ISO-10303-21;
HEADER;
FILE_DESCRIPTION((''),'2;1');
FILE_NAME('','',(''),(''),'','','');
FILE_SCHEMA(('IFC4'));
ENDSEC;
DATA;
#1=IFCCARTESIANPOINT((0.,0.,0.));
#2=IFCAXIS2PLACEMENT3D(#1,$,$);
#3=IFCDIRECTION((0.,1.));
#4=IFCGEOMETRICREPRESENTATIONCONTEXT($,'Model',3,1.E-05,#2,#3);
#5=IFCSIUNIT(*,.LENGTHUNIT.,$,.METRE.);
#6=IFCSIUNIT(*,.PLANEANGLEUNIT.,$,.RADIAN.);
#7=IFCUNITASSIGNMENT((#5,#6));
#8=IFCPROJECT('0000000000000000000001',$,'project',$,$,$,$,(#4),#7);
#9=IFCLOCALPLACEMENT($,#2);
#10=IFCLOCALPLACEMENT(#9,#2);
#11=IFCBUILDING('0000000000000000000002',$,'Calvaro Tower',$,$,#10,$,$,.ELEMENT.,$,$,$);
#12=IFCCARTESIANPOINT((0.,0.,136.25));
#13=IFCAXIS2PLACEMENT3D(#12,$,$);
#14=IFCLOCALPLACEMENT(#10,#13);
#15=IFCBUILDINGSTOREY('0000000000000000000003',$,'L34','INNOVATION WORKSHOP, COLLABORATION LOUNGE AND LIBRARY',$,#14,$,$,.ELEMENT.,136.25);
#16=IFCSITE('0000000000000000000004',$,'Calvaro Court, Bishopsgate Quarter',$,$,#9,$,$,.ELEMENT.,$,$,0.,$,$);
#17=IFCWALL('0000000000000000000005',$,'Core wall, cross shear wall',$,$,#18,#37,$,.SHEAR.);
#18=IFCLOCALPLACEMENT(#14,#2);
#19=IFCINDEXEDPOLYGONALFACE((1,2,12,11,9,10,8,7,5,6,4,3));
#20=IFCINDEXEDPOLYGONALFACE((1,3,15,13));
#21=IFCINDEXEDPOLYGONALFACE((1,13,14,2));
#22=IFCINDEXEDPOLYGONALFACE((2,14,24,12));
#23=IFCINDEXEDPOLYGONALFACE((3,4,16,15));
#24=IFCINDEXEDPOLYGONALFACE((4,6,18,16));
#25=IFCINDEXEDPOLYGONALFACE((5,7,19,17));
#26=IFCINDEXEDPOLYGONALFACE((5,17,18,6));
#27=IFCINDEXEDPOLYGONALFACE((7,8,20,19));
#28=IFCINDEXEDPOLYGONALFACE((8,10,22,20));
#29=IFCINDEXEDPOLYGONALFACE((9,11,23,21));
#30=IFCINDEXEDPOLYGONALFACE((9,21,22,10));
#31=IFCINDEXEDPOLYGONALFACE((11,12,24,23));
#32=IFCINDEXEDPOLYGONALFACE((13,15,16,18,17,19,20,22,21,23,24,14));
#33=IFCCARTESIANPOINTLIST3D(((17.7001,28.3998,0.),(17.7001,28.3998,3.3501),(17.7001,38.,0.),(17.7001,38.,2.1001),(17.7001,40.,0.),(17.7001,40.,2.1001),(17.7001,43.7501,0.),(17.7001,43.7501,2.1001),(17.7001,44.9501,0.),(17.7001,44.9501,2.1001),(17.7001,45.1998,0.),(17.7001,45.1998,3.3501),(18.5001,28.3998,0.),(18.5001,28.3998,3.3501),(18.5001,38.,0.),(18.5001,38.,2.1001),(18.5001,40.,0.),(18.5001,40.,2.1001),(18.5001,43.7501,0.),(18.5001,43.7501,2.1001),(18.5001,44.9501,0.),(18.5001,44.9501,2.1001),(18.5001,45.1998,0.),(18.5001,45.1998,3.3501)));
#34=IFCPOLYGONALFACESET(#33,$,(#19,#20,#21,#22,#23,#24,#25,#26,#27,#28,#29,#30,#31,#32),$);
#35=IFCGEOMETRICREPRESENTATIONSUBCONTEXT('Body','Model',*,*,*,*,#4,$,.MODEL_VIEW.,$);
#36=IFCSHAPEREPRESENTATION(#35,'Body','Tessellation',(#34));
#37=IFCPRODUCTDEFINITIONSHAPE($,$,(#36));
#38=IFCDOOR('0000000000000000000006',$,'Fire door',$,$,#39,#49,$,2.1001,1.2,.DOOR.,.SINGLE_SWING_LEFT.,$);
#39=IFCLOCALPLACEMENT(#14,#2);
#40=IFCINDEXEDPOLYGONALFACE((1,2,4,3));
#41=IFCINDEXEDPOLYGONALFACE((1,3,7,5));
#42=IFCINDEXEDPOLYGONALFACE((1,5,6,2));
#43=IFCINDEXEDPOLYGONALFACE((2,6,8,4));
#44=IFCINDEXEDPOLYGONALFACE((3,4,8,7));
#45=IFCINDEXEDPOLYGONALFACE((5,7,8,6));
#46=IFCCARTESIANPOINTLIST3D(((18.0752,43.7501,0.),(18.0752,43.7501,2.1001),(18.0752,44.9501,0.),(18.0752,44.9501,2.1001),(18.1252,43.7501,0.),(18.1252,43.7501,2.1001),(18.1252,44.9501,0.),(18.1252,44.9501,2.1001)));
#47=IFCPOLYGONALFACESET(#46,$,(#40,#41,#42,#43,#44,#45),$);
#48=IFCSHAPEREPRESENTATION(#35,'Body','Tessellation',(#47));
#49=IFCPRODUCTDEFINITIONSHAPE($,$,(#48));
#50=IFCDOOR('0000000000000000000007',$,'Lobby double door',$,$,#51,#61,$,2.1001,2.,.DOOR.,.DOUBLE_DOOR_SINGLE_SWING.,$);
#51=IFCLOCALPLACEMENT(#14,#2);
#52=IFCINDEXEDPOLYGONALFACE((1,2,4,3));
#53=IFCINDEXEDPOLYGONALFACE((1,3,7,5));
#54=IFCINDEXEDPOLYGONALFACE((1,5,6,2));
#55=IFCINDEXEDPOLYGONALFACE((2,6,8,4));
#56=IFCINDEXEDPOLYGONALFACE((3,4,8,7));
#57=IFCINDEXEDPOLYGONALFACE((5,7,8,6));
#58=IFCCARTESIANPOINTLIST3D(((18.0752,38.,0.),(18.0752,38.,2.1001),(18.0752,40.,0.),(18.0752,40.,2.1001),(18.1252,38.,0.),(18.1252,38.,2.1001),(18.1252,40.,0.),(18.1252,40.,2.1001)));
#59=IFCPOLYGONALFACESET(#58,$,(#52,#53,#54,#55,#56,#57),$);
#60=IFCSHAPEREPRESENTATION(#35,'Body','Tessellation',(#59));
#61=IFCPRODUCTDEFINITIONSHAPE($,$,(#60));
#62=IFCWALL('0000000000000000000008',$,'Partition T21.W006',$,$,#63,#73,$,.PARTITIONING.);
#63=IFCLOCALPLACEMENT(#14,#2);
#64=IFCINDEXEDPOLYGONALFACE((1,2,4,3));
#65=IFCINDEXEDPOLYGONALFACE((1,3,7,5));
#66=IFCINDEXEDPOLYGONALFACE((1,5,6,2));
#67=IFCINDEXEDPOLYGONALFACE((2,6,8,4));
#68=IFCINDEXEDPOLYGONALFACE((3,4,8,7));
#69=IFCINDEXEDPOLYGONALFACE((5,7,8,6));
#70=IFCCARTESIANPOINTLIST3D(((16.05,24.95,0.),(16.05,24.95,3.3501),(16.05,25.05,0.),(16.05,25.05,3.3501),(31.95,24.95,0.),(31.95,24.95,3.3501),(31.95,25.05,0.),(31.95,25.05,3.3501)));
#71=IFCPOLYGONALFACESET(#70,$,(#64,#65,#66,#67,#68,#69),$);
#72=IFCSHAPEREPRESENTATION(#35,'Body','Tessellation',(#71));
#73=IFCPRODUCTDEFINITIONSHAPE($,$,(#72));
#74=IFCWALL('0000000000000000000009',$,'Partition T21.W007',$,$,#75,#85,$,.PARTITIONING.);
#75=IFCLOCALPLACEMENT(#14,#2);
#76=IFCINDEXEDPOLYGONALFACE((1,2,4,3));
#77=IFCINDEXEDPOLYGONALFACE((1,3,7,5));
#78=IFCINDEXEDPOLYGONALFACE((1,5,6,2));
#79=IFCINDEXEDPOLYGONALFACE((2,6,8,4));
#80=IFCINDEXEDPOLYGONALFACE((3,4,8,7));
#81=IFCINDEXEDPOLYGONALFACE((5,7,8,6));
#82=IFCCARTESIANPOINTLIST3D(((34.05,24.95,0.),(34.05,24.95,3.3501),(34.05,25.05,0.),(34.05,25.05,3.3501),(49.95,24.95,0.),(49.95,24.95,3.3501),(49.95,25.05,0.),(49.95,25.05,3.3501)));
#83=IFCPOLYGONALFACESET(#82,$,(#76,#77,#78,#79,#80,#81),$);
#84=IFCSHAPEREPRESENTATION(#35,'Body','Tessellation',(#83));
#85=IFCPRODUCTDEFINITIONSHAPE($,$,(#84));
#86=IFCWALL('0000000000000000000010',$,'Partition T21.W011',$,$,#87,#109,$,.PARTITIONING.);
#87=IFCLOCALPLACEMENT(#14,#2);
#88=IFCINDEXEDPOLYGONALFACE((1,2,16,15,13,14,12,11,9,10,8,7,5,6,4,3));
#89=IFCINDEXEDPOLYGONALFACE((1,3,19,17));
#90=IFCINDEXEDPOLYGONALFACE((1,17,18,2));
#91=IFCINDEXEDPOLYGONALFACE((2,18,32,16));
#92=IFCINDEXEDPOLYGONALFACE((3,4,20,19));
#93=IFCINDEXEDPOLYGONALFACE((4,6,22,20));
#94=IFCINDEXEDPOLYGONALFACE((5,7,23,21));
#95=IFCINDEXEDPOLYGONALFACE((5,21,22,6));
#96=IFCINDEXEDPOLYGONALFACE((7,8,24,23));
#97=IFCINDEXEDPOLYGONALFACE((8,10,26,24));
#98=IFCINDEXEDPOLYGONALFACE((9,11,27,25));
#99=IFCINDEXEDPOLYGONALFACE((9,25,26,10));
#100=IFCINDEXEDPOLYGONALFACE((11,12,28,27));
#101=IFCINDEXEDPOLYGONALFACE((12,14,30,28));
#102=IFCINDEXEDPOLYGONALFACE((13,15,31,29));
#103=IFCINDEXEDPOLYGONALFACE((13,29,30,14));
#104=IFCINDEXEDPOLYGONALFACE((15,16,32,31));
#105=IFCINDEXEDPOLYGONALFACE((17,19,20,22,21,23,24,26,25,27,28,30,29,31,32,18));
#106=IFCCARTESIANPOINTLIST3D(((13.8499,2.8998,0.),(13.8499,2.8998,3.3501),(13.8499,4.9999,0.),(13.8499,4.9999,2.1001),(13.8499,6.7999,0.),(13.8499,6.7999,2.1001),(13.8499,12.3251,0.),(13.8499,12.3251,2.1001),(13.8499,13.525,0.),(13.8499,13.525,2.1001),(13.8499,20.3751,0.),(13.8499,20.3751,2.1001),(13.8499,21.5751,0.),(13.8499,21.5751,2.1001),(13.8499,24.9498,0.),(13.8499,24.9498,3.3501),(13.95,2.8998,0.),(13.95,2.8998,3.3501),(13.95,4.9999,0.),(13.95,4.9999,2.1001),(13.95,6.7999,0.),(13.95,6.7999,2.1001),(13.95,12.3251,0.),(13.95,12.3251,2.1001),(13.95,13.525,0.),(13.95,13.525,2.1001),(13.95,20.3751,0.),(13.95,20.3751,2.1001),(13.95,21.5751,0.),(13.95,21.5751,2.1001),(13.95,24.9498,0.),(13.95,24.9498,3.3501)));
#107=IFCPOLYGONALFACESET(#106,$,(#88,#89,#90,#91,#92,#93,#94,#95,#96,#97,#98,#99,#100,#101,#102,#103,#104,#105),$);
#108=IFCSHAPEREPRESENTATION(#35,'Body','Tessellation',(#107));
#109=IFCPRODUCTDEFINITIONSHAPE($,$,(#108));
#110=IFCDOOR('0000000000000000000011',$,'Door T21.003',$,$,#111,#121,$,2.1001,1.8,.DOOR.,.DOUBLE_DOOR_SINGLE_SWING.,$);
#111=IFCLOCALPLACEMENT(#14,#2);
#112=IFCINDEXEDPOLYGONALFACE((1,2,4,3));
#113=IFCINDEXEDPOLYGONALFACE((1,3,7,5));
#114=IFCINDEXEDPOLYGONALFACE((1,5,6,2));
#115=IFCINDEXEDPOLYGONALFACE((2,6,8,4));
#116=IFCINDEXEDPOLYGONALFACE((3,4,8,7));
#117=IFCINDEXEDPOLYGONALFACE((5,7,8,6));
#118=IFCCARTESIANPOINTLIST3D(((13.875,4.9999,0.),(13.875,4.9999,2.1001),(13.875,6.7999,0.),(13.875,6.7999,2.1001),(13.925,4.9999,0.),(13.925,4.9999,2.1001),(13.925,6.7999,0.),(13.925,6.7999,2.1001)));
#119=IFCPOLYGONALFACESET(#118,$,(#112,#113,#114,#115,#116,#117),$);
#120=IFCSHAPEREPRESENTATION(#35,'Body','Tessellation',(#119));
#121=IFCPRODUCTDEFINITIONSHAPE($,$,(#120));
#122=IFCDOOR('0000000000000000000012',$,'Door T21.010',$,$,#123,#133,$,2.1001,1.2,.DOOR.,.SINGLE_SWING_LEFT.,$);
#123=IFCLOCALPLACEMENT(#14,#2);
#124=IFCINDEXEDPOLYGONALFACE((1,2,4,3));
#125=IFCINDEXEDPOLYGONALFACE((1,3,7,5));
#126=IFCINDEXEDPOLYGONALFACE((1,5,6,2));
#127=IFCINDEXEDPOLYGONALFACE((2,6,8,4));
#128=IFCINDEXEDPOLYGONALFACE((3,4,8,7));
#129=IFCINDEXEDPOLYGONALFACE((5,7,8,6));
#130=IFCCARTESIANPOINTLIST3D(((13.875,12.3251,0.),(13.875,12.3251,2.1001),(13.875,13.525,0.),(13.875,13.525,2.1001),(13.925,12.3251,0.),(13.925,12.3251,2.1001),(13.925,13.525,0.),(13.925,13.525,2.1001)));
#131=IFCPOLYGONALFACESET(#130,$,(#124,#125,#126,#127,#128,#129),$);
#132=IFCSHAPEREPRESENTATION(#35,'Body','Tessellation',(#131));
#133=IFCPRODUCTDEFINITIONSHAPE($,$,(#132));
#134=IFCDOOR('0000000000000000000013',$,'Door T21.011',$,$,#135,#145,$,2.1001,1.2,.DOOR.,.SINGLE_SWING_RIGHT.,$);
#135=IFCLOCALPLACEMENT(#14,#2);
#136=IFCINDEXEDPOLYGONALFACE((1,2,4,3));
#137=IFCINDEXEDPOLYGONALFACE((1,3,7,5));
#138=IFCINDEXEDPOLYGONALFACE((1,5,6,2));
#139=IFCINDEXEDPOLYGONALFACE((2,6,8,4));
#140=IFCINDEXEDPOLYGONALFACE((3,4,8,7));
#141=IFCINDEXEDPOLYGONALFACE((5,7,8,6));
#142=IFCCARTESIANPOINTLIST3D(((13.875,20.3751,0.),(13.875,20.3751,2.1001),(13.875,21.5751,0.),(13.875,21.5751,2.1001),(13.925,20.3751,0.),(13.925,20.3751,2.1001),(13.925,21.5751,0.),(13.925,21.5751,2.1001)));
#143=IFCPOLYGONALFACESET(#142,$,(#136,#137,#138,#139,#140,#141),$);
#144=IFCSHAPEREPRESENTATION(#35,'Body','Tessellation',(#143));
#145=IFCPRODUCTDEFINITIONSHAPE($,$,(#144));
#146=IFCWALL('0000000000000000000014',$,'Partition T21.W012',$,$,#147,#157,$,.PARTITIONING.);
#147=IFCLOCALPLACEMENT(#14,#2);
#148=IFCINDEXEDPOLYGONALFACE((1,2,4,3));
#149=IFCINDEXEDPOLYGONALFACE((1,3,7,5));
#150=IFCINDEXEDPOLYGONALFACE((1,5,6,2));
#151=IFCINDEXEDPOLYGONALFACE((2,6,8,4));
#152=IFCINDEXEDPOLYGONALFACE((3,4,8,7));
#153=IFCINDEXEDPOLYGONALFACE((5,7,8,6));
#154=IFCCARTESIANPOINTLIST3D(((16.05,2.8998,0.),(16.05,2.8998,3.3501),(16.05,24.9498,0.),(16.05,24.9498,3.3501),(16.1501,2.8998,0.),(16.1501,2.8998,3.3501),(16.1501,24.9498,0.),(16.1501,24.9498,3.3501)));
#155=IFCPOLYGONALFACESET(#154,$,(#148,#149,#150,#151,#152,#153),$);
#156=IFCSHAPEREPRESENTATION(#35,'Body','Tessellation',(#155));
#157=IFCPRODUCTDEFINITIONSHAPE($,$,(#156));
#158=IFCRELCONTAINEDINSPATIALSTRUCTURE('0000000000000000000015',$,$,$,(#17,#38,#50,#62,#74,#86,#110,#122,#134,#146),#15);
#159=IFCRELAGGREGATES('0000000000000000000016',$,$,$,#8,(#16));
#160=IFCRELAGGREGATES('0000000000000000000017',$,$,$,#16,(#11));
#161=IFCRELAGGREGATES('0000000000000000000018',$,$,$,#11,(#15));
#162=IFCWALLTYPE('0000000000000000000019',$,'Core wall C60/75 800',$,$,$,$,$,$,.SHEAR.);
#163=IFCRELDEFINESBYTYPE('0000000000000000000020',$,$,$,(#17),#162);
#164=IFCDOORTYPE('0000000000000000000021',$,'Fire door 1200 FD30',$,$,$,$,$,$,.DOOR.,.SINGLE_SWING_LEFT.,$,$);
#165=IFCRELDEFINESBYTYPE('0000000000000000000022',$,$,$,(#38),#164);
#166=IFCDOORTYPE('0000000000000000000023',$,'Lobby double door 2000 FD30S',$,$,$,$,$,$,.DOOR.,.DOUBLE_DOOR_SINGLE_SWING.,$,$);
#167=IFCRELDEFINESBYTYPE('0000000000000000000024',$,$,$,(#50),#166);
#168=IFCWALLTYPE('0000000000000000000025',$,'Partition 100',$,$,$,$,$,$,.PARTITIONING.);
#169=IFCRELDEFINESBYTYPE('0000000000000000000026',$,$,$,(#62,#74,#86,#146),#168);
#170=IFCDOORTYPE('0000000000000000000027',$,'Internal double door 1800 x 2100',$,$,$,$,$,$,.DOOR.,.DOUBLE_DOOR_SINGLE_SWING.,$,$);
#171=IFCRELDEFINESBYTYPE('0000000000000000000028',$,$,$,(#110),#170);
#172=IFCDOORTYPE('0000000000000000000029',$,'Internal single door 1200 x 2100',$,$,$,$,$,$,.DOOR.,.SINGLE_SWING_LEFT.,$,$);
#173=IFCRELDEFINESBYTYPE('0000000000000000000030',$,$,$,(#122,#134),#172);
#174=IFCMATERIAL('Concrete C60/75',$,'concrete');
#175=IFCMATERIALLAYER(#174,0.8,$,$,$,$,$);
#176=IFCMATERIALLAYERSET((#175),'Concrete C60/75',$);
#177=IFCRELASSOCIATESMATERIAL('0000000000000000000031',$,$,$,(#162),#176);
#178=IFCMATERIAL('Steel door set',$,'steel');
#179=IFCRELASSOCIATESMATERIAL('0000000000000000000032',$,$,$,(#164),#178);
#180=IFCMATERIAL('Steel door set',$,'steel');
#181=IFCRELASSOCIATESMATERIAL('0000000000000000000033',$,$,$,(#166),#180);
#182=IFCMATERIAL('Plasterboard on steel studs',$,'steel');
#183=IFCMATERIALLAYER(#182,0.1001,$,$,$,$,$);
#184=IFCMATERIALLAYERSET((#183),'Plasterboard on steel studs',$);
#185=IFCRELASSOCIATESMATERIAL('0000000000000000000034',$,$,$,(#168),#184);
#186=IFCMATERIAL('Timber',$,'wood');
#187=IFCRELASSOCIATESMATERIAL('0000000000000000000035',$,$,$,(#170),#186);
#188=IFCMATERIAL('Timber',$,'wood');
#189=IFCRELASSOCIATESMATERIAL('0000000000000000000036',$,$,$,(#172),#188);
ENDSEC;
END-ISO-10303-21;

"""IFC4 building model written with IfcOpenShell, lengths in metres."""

from ifc_helpers import new_model, si_unit, direction, frame, frame_2d, origin, place, context, subcontext, project, spatial, rectangle, extrude, material, layer, layer_set, type_object, element, fill, save


model = new_model("IFC4")

# Units and contexts
model_context = context("Model", 3, precision=1e-05, world=origin(), true_north=direction((0.0, 1.0)))
body_context = subcontext(model_context, "Body", "Model", "MODEL_VIEW")
ifc_project = project(units=[si_unit("LENGTHUNIT", "METRE"), si_unit("PLANEANGLEUNIT", "RADIAN")], contexts=[model_context])

# Site, building, storey
site_placement = place(None, origin())
site = spatial("IfcSite", under=ifc_project, at=site_placement, Name="Calvaro Court, Bishopsgate Quarter", CompositionType="ELEMENT", RefElevation=0.0)
building_placement = place(site_placement, origin())
building = spatial("IfcBuilding", under=site, at=building_placement, Name="Calvaro Tower", CompositionType="ELEMENT")
storey_placement = place(building_placement, frame((0.0, 0.0, 136.25)))
storey = spatial("IfcBuildingStorey", under=building, at=storey_placement, Name="L34", Description="INNOVATION WORKSHOP, COLLABORATION LOUNGE AND LIBRARY", CompositionType="ELEMENT", Elevation=136.25)

# Wall, openings, doors
ifc_material_1 = material(Name="Concrete C60/75", Category="concrete")
ifc_layer_1 = layer(ifc_material_1, 0.8)
ifc_layer_set_1 = layer_set([ifc_layer_1], Name="Concrete C60/75")
wall_type_1 = type_object("IfcWallType", Name="Core wall C60/75 800", PredefinedType="SHEAR", material=ifc_layer_set_1)
wall_1_placement = place(storey_placement, frame((18.1001, 28.3999, 0.0), z_axis=(0.0, 0.0, 1.0), x_axis=(0.0, 1.0, 0.0)))
wall_1 = element("IfcWall", 1, at=wall_1_placement, inside=storey, type_object=wall_type_1, Name="Core wall, cross shear wall", PredefinedType="SHEAR", context=body_context, shape_type="SweptSolid", body=[
    extrude(rectangle(XDim=16.8, YDim=0.8, at=frame_2d((8.3999, 0.0))), origin(), (0.0, 0.0, 1.0), 3.3501),
])
opening_1_placement = place(wall_1_placement, frame((9.6001, 0.0, 0.0)))
opening_1 = element("IfcOpeningElement", 2, at=opening_1_placement, cuts=wall_1, PredefinedType="OPENING", context=body_context, shape_type="SweptSolid", body=[
    extrude(rectangle(XDim=2.0, YDim=2.1001, at=frame_2d((1.0, 1.05))), frame((0.0, 0.4099, 0.0), z_axis=(0.0, -1.0, 0.0), x_axis=(1.0, 0.0, 0.0)), (0.0, 0.0, 1.0), 0.8201),
])
opening_2_placement = place(wall_1_placement, frame((15.3501, 0.0, 0.0)))
opening_2 = element("IfcOpeningElement", 3, at=opening_2_placement, cuts=wall_1, PredefinedType="OPENING", context=body_context, shape_type="SweptSolid", body=[
    extrude(rectangle(XDim=1.2, YDim=2.1001, at=frame_2d((0.6001, 1.05))), frame((0.0, 0.4099, 0.0), z_axis=(0.0, -1.0, 0.0), x_axis=(1.0, 0.0, 0.0)), (0.0, 0.0, 1.0), 0.8201),
])
ifc_material_2 = material(Name="Steel door set", Category="steel")
door_type_1 = type_object("IfcDoorType", Name="Fire door 1200 FD30", OperationType="SINGLE_SWING_LEFT", PredefinedType="DOOR", material=ifc_material_2)
door_1_placement = place(opening_2_placement, origin())
door_1 = element("IfcDoor", 4, at=door_1_placement, inside=storey, type_object=door_type_1, Name="Fire door", OperationType="SINGLE_SWING_LEFT", OverallHeight=2.1001, OverallWidth=1.2, PredefinedType="DOOR", context=body_context, shape_type="SweptSolid", body=[
    extrude(rectangle(XDim=1.2, YDim=2.1001, at=frame_2d((0.6001, 1.05))), frame((0.0, 0.0249, 0.0), z_axis=(0.0, -1.0, 0.0), x_axis=(1.0, 0.0, 0.0)), (0.0, 0.0, 1.0), 0.05),
])
fill(opening_2, door_1)
ifc_material_3 = material(Name="Steel door set", Category="steel")
door_type_2 = type_object("IfcDoorType", Name="Lobby double door 2000 FD30S", OperationType="DOUBLE_DOOR_SINGLE_SWING", PredefinedType="DOOR", material=ifc_material_3)
door_2_placement = place(opening_1_placement, origin())
door_2 = element("IfcDoor", 5, at=door_2_placement, inside=storey, type_object=door_type_2, Name="Lobby double door", OperationType="DOUBLE_DOOR_SINGLE_SWING", OverallHeight=2.1001, OverallWidth=2.0, PredefinedType="DOOR", context=body_context, shape_type="SweptSolid", body=[
    extrude(rectangle(XDim=2.0, YDim=2.1001, at=frame_2d((1.0, 1.05))), frame((0.0, 0.0249, 0.0), z_axis=(0.0, -1.0, 0.0), x_axis=(1.0, 0.0, 0.0)), (0.0, 0.0, 1.0), 0.05),
])
fill(opening_1, door_2)

# Walls
ifc_material_4 = material(Name="Plasterboard on steel studs", Category="steel")
ifc_layer_2 = layer(ifc_material_4, 0.1001)
ifc_layer_set_2 = layer_set([ifc_layer_2], Name="Plasterboard on steel studs")
wall_type_2 = type_object("IfcWallType", Name="Partition 100", PredefinedType="PARTITIONING", material=ifc_layer_set_2)
for number, where, z_axis, x_axis, name in (
    (6, (16.05, 25.0, 0.0), (0.0, 0.0, 1.0), (1.0, 0.0, 0.0), "Partition T21.W006"),
    (7, (34.05, 25.0, 0.0), (0.0, 0.0, 1.0), (1.0, 0.0, 0.0), "Partition T21.W007"),
):
    element("IfcWall", number, at=place(storey_placement, frame(where, z_axis=z_axis, x_axis=x_axis)), inside=storey, type_object=wall_type_2, Name=name, PredefinedType="PARTITIONING", context=body_context, shape_type="SweptSolid", body=[
        extrude(rectangle(XDim=15.8999, YDim=0.1001, at=frame_2d((7.95, 0.0))), origin(), (0.0, 0.0, 1.0), 3.3501),
    ])

# Wall, openings, doors
wall_2_placement = place(storey_placement, frame((13.8999, 2.8999, 0.0), z_axis=(0.0, 0.0, 1.0), x_axis=(0.0, 1.0, 0.0)))
wall_2 = element("IfcWall", 8, at=wall_2_placement, inside=storey, type_object=wall_type_2, Name="Partition T21.W011", PredefinedType="PARTITIONING", context=body_context, shape_type="SweptSolid", body=[
    extrude(rectangle(XDim=22.05, YDim=0.1001, at=frame_2d((11.0249, 0.0))), origin(), (0.0, 0.0, 1.0), 3.3501),
])
opening_3_placement = place(wall_2_placement, frame((2.1001, 0.0, 0.0)))
opening_3 = element("IfcOpeningElement", 9, at=opening_3_placement, cuts=wall_2, PredefinedType="OPENING", context=body_context, shape_type="SweptSolid", body=[
    extrude(rectangle(XDim=1.8, YDim=2.1001, at=frame_2d((0.8999, 1.05))), frame((0.0, 0.0601, 0.0), z_axis=(0.0, -1.0, 0.0), x_axis=(1.0, 0.0, 0.0)), (0.0, 0.0, 1.0), 0.1201),
])
opening_4_placement = place(wall_2_placement, frame((9.425, 0.0, 0.0)))
opening_4 = element("IfcOpeningElement", 10, at=opening_4_placement, cuts=wall_2, PredefinedType="OPENING", context=body_context, shape_type="SweptSolid", body=[
    extrude(rectangle(XDim=1.2, YDim=2.1001, at=frame_2d((0.6001, 1.05))), frame((0.0, 0.0601, 0.0), z_axis=(0.0, -1.0, 0.0), x_axis=(1.0, 0.0, 0.0)), (0.0, 0.0, 1.0), 0.1201),
])
opening_5_placement = place(wall_2_placement, frame((17.4751, 0.0, 0.0)))
opening_5 = element("IfcOpeningElement", 11, at=opening_5_placement, cuts=wall_2, PredefinedType="OPENING", context=body_context, shape_type="SweptSolid", body=[
    extrude(rectangle(XDim=1.2, YDim=2.1001, at=frame_2d((0.6001, 1.05))), frame((0.0, 0.0601, 0.0), z_axis=(0.0, -1.0, 0.0), x_axis=(1.0, 0.0, 0.0)), (0.0, 0.0, 1.0), 0.1201),
])
ifc_material_5 = material(Name="Timber", Category="wood")
door_type_3 = type_object("IfcDoorType", Name="Internal double door 1800 x 2100", OperationType="DOUBLE_DOOR_SINGLE_SWING", PredefinedType="DOOR", material=ifc_material_5)
door_3_placement = place(opening_3_placement, origin())
door_3 = element("IfcDoor", 12, at=door_3_placement, inside=storey, type_object=door_type_3, Name="Door T21.003", OperationType="DOUBLE_DOOR_SINGLE_SWING", OverallHeight=2.1001, OverallWidth=1.8, PredefinedType="DOOR", context=body_context, shape_type="SweptSolid", body=[
    extrude(rectangle(XDim=1.8, YDim=2.1001, at=frame_2d((0.8999, 1.05))), frame((0.0, 0.0249, 0.0), z_axis=(0.0, -1.0, 0.0), x_axis=(1.0, 0.0, 0.0)), (0.0, 0.0, 1.0), 0.05),
])
fill(opening_3, door_3)
ifc_material_6 = material(Name="Timber", Category="wood")
door_type_4 = type_object("IfcDoorType", Name="Internal single door 1200 x 2100", OperationType="SINGLE_SWING_LEFT", PredefinedType="DOOR", material=ifc_material_6)
door_4_placement = place(opening_4_placement, origin())
door_4 = element("IfcDoor", 13, at=door_4_placement, inside=storey, type_object=door_type_4, Name="Door T21.010", OperationType="SINGLE_SWING_LEFT", OverallHeight=2.1001, OverallWidth=1.2, PredefinedType="DOOR", context=body_context, shape_type="SweptSolid", body=[
    extrude(rectangle(XDim=1.2, YDim=2.1001, at=frame_2d((0.6001, 1.05))), frame((0.0, 0.0249, 0.0), z_axis=(0.0, -1.0, 0.0), x_axis=(1.0, 0.0, 0.0)), (0.0, 0.0, 1.0), 0.05),
])
fill(opening_4, door_4)
door_5_placement = place(opening_5_placement, origin())
door_5 = element("IfcDoor", 14, at=door_5_placement, inside=storey, type_object=door_type_4, Name="Door T21.011", OperationType="SINGLE_SWING_RIGHT", OverallHeight=2.1001, OverallWidth=1.2, PredefinedType="DOOR", context=body_context, shape_type="SweptSolid", body=[
    extrude(rectangle(XDim=1.2, YDim=2.1001, at=frame_2d((0.6001, 1.05))), frame((0.0, 0.0249, 0.0), z_axis=(0.0, -1.0, 0.0), x_axis=(1.0, 0.0, 0.0)), (0.0, 0.0, 1.0), 0.05),
])
fill(opening_5, door_5)

# Wall
wall_3_placement = place(storey_placement, frame((16.1001, 2.8999, 0.0), z_axis=(0.0, 0.0, 1.0), x_axis=(0.0, 1.0, 0.0)))
element("IfcWall", 15, at=wall_3_placement, inside=storey, type_object=wall_type_2, Name="Partition T21.W012", PredefinedType="PARTITIONING", context=body_context, shape_type="SweptSolid", body=[
    extrude(rectangle(XDim=22.05, YDim=0.1001, at=frame_2d((11.0249, 0.0))), origin(), (0.0, 0.0, 1.0), 3.3501),
])

save(model, "model.ifc")
